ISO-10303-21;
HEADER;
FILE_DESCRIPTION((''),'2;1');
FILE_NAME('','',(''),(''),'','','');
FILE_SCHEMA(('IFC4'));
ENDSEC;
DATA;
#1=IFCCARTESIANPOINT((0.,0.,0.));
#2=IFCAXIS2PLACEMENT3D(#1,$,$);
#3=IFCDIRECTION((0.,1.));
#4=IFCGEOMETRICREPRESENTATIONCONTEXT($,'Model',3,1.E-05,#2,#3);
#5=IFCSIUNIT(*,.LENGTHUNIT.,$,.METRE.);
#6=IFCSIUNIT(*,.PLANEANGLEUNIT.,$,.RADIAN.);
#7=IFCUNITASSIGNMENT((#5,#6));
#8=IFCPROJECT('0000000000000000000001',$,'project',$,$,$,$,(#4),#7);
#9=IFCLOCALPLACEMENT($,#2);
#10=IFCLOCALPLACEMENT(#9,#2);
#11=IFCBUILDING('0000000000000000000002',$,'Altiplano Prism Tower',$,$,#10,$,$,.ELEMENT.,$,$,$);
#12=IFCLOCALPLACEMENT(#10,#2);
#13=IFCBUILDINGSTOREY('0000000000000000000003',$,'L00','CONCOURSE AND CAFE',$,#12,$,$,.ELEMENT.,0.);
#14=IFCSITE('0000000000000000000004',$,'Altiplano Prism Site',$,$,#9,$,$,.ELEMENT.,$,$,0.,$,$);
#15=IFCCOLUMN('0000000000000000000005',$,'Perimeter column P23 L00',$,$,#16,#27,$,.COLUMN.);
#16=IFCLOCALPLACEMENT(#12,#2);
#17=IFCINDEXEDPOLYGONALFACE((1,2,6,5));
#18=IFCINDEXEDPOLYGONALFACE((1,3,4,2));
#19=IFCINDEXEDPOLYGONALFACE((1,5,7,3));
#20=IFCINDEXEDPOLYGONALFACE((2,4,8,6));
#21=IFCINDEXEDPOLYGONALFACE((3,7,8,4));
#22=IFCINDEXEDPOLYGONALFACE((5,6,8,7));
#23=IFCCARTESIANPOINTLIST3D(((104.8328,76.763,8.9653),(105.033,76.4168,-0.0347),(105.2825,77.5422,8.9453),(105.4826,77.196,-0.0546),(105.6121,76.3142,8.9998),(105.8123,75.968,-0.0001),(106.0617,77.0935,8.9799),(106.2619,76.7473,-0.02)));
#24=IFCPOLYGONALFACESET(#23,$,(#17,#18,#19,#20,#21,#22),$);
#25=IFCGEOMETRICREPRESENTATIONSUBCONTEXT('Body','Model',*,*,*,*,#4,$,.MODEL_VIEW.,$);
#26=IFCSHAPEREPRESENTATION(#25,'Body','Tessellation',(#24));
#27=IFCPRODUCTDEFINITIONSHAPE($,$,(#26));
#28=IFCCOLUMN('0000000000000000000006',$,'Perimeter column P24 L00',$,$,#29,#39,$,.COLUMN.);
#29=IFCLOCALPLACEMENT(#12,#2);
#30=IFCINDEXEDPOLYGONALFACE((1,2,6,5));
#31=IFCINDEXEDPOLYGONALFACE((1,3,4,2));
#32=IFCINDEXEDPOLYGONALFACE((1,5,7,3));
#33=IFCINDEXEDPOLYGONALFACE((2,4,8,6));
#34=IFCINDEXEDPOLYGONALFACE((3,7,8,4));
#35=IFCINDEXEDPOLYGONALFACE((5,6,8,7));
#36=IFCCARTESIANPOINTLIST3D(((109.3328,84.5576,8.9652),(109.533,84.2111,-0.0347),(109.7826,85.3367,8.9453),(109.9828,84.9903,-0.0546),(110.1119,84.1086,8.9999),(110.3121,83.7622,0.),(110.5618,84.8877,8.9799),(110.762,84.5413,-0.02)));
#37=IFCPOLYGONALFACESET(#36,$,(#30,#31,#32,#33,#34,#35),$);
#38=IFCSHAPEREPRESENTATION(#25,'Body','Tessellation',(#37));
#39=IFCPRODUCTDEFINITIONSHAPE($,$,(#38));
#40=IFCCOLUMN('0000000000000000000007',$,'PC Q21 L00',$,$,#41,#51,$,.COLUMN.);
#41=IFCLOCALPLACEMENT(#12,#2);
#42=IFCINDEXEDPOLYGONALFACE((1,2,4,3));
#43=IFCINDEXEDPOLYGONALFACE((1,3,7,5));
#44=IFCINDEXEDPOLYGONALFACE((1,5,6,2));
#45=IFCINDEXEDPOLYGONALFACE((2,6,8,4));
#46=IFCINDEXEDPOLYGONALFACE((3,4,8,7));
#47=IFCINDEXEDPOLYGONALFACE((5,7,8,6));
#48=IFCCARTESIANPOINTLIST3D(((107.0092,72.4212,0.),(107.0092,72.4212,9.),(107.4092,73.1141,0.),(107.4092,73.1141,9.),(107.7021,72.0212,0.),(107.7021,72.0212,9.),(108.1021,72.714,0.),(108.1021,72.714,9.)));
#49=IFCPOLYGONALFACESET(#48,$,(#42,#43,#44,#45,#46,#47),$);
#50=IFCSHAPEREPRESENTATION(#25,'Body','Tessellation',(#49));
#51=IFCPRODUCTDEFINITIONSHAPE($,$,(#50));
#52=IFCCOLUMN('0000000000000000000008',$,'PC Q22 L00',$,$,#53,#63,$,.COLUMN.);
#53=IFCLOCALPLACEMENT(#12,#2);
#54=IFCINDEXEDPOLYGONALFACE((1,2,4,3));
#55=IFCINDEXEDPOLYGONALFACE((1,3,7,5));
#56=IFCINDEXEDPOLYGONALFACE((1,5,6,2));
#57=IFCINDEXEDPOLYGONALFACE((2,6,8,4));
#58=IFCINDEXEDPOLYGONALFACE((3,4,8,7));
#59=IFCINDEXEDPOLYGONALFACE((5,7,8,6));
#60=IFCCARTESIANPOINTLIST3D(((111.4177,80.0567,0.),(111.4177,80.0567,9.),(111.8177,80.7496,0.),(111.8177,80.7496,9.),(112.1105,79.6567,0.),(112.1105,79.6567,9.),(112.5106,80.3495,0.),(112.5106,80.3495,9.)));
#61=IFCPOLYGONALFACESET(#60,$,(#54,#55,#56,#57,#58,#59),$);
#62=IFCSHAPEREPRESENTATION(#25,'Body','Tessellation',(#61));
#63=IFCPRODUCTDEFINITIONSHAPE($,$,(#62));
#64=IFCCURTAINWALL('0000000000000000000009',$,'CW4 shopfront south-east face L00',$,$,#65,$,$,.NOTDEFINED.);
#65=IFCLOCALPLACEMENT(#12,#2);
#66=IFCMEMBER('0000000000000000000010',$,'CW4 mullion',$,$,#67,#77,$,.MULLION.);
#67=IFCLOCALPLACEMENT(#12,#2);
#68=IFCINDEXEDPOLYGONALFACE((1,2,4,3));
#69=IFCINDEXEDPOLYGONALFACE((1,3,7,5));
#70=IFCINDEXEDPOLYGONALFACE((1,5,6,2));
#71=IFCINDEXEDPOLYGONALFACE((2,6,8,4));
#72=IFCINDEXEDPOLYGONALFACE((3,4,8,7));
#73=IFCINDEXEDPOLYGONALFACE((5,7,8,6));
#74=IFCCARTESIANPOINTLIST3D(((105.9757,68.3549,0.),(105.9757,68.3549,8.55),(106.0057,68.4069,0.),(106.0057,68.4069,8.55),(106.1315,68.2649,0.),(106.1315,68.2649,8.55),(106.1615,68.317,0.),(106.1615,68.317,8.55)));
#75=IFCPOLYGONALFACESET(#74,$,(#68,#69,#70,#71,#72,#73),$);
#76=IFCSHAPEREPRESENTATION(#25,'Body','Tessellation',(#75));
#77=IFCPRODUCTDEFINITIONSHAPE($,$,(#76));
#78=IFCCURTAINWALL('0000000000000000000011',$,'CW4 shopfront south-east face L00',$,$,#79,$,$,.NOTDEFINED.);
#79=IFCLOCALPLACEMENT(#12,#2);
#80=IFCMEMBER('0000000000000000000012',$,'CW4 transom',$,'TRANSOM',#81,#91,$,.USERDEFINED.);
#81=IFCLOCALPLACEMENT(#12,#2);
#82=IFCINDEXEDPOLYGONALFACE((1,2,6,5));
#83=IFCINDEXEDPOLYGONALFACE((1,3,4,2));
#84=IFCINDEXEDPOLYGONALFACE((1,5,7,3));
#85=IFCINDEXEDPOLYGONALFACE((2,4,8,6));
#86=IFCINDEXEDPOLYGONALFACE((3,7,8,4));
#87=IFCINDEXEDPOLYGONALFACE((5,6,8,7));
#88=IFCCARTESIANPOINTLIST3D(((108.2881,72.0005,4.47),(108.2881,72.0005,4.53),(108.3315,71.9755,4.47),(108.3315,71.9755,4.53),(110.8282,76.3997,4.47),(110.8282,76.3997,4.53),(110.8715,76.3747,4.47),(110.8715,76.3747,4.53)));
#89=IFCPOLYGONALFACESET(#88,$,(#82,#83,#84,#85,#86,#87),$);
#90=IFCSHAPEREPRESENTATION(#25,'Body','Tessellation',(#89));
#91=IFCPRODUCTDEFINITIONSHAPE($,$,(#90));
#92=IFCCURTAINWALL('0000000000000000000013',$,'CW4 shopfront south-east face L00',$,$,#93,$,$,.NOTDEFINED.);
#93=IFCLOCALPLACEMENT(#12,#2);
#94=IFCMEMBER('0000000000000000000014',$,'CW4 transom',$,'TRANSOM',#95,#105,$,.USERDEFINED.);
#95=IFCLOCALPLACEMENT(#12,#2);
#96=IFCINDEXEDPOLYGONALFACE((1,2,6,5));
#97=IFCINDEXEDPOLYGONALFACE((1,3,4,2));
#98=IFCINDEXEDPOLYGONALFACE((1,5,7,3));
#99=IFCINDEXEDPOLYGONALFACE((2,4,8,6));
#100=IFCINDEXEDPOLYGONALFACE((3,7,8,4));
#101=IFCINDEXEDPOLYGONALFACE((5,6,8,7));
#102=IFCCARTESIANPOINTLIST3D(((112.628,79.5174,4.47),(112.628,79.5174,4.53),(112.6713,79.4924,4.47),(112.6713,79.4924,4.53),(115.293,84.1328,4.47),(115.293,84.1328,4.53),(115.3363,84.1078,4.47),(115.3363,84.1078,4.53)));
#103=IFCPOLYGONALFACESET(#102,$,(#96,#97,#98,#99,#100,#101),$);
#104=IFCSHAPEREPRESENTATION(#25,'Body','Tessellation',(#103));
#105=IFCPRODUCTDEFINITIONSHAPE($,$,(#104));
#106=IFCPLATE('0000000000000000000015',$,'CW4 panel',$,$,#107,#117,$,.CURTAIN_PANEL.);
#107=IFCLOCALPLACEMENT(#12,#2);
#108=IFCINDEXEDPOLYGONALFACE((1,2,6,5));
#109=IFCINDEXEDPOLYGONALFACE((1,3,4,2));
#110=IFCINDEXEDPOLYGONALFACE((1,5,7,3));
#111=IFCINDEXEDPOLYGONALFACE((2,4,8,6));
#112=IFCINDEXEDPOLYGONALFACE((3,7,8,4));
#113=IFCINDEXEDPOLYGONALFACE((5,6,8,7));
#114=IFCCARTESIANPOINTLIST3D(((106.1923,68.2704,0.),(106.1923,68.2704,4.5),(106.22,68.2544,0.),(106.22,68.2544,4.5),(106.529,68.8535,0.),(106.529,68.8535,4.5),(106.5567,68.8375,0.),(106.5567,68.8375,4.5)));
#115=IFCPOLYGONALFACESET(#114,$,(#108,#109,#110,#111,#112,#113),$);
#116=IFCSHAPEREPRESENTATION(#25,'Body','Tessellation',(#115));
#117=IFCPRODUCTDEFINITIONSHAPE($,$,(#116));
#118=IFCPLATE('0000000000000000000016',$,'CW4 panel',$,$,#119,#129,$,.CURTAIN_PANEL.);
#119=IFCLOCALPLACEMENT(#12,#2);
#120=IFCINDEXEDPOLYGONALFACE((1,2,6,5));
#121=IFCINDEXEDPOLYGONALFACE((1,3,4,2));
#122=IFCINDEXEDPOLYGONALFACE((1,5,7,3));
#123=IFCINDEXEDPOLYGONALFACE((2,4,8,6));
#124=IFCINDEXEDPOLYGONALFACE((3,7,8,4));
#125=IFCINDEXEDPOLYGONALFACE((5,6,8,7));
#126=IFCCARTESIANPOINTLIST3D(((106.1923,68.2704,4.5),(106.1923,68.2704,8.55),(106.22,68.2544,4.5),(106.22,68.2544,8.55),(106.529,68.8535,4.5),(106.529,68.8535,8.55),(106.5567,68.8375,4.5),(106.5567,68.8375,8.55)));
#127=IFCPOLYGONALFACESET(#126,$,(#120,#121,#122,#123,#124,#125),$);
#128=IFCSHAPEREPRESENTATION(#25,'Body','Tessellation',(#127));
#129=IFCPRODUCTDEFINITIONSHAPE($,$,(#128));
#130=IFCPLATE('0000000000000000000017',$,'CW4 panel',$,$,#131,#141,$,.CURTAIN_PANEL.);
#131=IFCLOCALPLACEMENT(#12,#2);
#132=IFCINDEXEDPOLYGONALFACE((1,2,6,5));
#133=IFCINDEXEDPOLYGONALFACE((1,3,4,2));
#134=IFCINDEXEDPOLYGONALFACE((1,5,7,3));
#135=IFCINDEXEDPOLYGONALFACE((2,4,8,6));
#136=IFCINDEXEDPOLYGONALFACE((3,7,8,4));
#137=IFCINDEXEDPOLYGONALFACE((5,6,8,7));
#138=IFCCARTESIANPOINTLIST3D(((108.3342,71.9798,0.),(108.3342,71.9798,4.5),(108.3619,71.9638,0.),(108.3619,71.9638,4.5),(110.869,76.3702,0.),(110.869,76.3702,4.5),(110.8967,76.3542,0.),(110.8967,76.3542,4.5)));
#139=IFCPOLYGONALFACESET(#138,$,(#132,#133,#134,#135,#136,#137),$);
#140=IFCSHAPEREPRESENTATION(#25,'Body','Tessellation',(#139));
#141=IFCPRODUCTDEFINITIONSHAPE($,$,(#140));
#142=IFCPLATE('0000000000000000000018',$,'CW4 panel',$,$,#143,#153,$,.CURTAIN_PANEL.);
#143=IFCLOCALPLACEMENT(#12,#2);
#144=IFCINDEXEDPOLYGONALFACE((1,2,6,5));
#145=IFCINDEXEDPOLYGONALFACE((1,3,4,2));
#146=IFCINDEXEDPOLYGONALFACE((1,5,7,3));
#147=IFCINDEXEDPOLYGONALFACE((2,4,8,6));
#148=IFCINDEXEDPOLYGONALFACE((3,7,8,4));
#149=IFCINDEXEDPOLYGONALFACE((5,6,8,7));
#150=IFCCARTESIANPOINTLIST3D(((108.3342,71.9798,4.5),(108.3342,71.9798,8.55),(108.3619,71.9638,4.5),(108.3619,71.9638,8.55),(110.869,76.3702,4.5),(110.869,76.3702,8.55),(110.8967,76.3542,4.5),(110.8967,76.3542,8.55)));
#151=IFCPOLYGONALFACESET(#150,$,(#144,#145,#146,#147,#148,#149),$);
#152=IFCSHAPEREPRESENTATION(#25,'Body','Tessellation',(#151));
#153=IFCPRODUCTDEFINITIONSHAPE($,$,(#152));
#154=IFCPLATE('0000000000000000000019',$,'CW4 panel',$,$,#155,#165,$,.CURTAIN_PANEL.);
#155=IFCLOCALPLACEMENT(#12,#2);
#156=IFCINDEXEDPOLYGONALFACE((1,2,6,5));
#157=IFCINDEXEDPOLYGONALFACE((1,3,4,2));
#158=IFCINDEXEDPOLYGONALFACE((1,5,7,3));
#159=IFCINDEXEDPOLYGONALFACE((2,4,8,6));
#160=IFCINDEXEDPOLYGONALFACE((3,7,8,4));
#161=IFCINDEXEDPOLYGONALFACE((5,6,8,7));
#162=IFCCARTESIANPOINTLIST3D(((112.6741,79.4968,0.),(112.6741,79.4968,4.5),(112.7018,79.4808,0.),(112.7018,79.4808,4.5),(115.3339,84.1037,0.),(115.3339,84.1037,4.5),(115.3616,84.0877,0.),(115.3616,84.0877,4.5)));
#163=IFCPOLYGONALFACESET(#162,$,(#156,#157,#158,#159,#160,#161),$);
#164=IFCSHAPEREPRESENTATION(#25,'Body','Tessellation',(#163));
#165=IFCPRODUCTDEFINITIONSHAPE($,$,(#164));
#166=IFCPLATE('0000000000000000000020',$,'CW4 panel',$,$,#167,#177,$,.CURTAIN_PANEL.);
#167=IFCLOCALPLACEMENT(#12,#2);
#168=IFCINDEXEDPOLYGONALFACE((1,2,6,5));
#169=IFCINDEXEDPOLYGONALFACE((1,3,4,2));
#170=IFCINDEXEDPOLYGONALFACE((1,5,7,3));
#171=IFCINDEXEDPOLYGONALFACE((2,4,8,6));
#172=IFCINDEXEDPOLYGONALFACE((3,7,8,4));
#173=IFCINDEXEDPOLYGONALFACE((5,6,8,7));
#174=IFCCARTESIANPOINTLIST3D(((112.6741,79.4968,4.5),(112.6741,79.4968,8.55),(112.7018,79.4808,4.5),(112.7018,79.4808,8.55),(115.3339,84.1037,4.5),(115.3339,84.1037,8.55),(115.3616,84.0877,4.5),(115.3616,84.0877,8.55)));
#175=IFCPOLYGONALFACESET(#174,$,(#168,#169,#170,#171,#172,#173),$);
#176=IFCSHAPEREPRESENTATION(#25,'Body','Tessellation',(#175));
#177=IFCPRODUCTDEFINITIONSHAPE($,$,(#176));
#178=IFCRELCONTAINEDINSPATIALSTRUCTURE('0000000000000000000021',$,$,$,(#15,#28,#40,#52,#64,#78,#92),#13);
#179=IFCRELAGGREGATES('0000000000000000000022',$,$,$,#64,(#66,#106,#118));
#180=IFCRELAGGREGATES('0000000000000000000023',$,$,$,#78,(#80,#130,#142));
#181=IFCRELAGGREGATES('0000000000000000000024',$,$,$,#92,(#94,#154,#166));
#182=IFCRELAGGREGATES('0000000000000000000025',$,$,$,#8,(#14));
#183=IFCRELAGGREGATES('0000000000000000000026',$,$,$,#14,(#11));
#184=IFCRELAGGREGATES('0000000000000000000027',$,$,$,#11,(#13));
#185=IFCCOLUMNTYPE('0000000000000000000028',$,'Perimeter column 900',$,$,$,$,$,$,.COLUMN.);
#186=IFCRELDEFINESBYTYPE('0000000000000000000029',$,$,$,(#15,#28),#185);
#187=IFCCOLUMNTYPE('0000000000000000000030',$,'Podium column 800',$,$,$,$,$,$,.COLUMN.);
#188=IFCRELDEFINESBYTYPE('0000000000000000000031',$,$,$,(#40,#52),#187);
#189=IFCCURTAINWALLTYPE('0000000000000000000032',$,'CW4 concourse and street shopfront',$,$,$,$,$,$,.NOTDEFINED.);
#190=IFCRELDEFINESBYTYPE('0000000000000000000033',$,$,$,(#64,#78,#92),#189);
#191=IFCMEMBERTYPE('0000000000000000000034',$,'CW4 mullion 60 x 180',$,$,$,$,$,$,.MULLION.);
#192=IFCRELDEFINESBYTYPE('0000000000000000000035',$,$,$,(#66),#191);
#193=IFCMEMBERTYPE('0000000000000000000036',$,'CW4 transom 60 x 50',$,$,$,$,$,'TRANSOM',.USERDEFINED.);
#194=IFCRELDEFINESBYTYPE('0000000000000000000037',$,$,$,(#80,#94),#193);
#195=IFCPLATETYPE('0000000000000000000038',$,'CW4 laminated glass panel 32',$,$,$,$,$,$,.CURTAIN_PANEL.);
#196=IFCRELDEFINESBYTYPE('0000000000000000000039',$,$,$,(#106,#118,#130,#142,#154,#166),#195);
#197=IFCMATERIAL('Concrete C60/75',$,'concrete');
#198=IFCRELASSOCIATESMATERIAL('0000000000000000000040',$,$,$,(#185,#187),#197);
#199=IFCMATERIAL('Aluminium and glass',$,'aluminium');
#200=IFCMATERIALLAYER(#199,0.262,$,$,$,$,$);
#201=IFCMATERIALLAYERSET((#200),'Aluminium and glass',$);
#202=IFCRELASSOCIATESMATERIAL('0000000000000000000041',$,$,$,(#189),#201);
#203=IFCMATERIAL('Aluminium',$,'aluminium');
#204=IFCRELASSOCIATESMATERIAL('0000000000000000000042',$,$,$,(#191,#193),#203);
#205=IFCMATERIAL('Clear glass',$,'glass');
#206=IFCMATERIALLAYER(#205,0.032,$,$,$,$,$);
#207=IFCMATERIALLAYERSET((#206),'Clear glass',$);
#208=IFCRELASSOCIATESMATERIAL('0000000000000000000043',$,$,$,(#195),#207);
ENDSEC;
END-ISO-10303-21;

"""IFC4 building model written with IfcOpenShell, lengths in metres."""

from ifc_helpers import new_model, si_unit, direction, frame, origin, origin_2d, place, context, subcontext, project, spatial, rectangle, extrude, material, layer, layer_set, material_profile, profile_set, type_object, element, aggregate, save


model = new_model("IFC4")

# Units and contexts
model_context = context("Model", 3, precision=1e-05, world=origin(), true_north=direction((0.0, 1.0)))
body_context = subcontext(model_context, "Body", "Model", "MODEL_VIEW")
ifc_project = project(units=[si_unit("LENGTHUNIT", "METRE"), si_unit("PLANEANGLEUNIT", "RADIAN")], contexts=[model_context])

# Site, building, storey
site_placement = place(None, origin())
site = spatial("IfcSite", under=ifc_project, at=site_placement, Name="Altiplano Prism Site", CompositionType="ELEMENT", RefElevation=0.0)
building_placement = place(site_placement, origin())
building = spatial("IfcBuilding", under=site, at=building_placement, Name="Altiplano Prism Tower", CompositionType="ELEMENT")
storey_placement = place(building_placement, origin())
storey = spatial("IfcBuildingStorey", under=building, at=storey_placement, Name="L00", Description="CONCOURSE AND CAFE", CompositionType="ELEMENT", Elevation=0.0)

# Columns
ifc_material_1 = material(Name="Concrete C60/75", Category="concrete")
ifc_material_profile_1 = material_profile(ifc_material_1, rectangle(XDim=0.8999, YDim=0.8999, at=origin_2d()), Name="Perimeter column 900")
ifc_profile_set_1 = profile_set([ifc_material_profile_1], Name="Concrete C60/75")
column_type_1 = type_object("IfcColumnType", Name="Perimeter column 900", PredefinedType="COLUMN", material=ifc_profile_set_1)
for number, where, z_axis, x_axis, name in (
    (1, (105.6475, 76.582, -0.0273), (-0.022222, 0.038428, 0.999014), (-0.499644, -0.865946, 0.022195), "Perimeter column P23 L00"),
    (2, (110.1475, 84.3762, -0.0273), (-0.022222, 0.038455, 0.999013), (-0.499908, -0.865794, 0.022207), "Perimeter column P24 L00"),
):
    element("IfcColumn", number, at=place(storey_placement, frame(where, z_axis=z_axis, x_axis=x_axis)), inside=storey, type_object=column_type_1, Name=name, PredefinedType="COLUMN", context=body_context, shape_type="SweptSolid", body=[
        extrude(rectangle(XDim=0.8999, YDim=0.8999, at=origin_2d()), origin(), (0.0, 0.0, 1.0), 9.0088),
    ])
ifc_material_profile_2 = material_profile(ifc_material_1, rectangle(XDim=0.8, YDim=0.8, at=origin_2d()), Name="Podium column 800")
ifc_profile_set_2 = profile_set([ifc_material_profile_2], Name="Concrete C60/75")
column_type_2 = type_object("IfcColumnType", Name="Podium column 800", PredefinedType="COLUMN", material=ifc_profile_set_2)
for number, where, z_axis, x_axis, name in (
    (3, (107.5557, 72.5676, 0.0), (0.0, 0.0, 1.0), (0.5, 0.866025, 0.0), "PC Q21 L00"),
    (4, (111.9641, 80.2031, 0.0), (0.0, 0.0, 1.0), (0.5, 0.866025, 0.0), "PC Q22 L00"),
):
    element("IfcColumn", number, at=place(storey_placement, frame(where, z_axis=z_axis, x_axis=x_axis)), inside=storey, type_object=column_type_2, Name=name, PredefinedType="COLUMN", context=body_context, shape_type="SweptSolid", body=[
        extrude(rectangle(XDim=0.8, YDim=0.8, at=origin_2d()), origin(), (0.0, 0.0, 1.0), 9.0),
    ])

# Curtain walls, members
ifc_material_2 = material(Name="Aluminium and glass", Category="aluminium")
ifc_layer_1 = layer(ifc_material_2, 0.262)
ifc_layer_set_1 = layer_set([ifc_layer_1], Name="Aluminium and glass")
curtain_wall_type = type_object("IfcCurtainWallType", Name="CW4 concourse and street shopfront", PredefinedType="NOTDEFINED", material=ifc_layer_set_1)
curtain_wall_1_placement = place(storey_placement, origin())
curtain_wall_1 = element("IfcCurtainWall", 5, at=curtain_wall_1_placement, inside=storey, type_object=curtain_wall_type, Name="CW4 shopfront south-east face L00", PredefinedType="NOTDEFINED")
ifc_material_3 = material(Name="Aluminium", Category="aluminium")
ifc_material_profile_3 = material_profile(ifc_material_3, rectangle(XDim=0.1799, YDim=0.0601, at=origin_2d()), Name="CW4 mullion 60 x 180")
ifc_profile_set_3 = profile_set([ifc_material_profile_3], Name="Aluminium")
member_type_1 = type_object("IfcMemberType", Name="CW4 mullion 60 x 180", PredefinedType="MULLION", material=ifc_profile_set_3)
member_1_placement = place(storey_placement, frame((106.0686, 68.3359, 0.0), z_axis=(0.0, 0.0, 1.0), x_axis=(-0.866025, 0.5, 0.0)))
member_1 = element("IfcMember", 6, at=member_1_placement, type_object=member_type_1, Name="CW4 mullion", PredefinedType="MULLION", context=body_context, shape_type="SweptSolid", body=[
    extrude(rectangle(XDim=0.1799, YDim=0.0601, at=origin_2d()), origin(), (0.0, 0.0, 1.0), 8.55),
])
curtain_wall_2_placement = place(storey_placement, origin())
curtain_wall_2 = element("IfcCurtainWall", 7, at=curtain_wall_2_placement, inside=storey, type_object=curtain_wall_type, Name="CW4 shopfront south-east face L00", PredefinedType="NOTDEFINED")
ifc_material_profile_4 = material_profile(ifc_material_3, rectangle(XDim=0.05, YDim=0.0601, at=origin_2d()), Name="CW4 transom 60 x 50")
ifc_profile_set_4 = profile_set([ifc_material_profile_4], Name="Aluminium")
member_type_2 = type_object("IfcMemberType", Name="CW4 transom 60 x 50", ElementType="TRANSOM", PredefinedType="USERDEFINED", material=ifc_profile_set_4)
member_2_placement = place(storey_placement, frame((108.3098, 71.988, 4.5), z_axis=(0.500026, 0.86601, 0.0), x_axis=(-0.86601, 0.500026, 0.0)))
member_2 = element("IfcMember", 8, at=member_2_placement, type_object=member_type_2, Name="CW4 transom", ObjectType="TRANSOM", PredefinedType="USERDEFINED", context=body_context, shape_type="SweptSolid", body=[
    extrude(rectangle(XDim=0.05, YDim=0.0601, at=origin_2d()), origin(), (0.0, 0.0, 1.0), 5.0798),
])
curtain_wall_3_placement = place(storey_placement, origin())
curtain_wall_3 = element("IfcCurtainWall", 9, at=curtain_wall_3_placement, inside=storey, type_object=curtain_wall_type, Name="CW4 shopfront south-east face L00", PredefinedType="NOTDEFINED")
member_3_placement = place(storey_placement, frame((112.6497, 79.5049, 4.5), z_axis=(0.500041, 0.866002, 0.0), x_axis=(-0.866002, 0.500041, 0.0)))
member_3 = element("IfcMember", 10, at=member_3_placement, type_object=member_type_2, Name="CW4 transom", ObjectType="TRANSOM", PredefinedType="USERDEFINED", context=body_context, shape_type="SweptSolid", body=[
    extrude(rectangle(XDim=0.05, YDim=0.0601, at=origin_2d()), origin(), (0.0, 0.0, 1.0), 5.3296),
])

# Plates
ifc_material_4 = material(Name="Clear glass", Category="glass")
ifc_layer_2 = layer(ifc_material_4, 0.032)
ifc_layer_set_2 = layer_set([ifc_layer_2], Name="Clear glass")
plate_type = type_object("IfcPlateType", Name="CW4 laminated glass panel 32", PredefinedType="CURTAIN_PANEL", material=ifc_layer_set_2)
plate_1_placement = place(storey_placement, frame((106.3745, 68.554, 0.0), z_axis=(0.0, 0.0, 1.0), x_axis=(0.5, 0.866025, 0.0)))
plate_1 = element("IfcPlate", 11, at=plate_1_placement, type_object=plate_type, Name="CW4 panel", PredefinedType="CURTAIN_PANEL", context=body_context, shape_type="SweptSolid", body=[
    extrude(rectangle(XDim=0.6733, YDim=0.032, at=origin_2d()), origin(), (0.0, 0.0, 1.0), 4.5),
])
plate_2_placement = place(storey_placement, frame((106.3745, 68.554, 4.5), z_axis=(0.0, 0.0, 1.0), x_axis=(0.5, 0.866025, 0.0)))
plate_2 = element("IfcPlate", 12, at=plate_2_placement, type_object=plate_type, Name="CW4 panel", PredefinedType="CURTAIN_PANEL", context=body_context, shape_type="SweptSolid", body=[
    extrude(rectangle(XDim=0.6733, YDim=0.032, at=origin_2d()), origin(), (0.0, 0.0, 1.0), 4.05),
])
aggregate(curtain_wall_1, [member_1, plate_1, plate_2])
plate_3_placement = place(storey_placement, frame((109.6155, 74.167, 0.0), z_axis=(0.0, 0.0, 1.0), x_axis=(0.5, 0.866025, 0.0)))
plate_3 = element("IfcPlate", 13, at=plate_3_placement, type_object=plate_type, Name="CW4 panel", PredefinedType="CURTAIN_PANEL", context=body_context, shape_type="SweptSolid", body=[
    extrude(rectangle(XDim=5.0696, YDim=0.032, at=origin_2d()), origin(), (0.0, 0.0, 1.0), 4.5),
])
plate_4_placement = place(storey_placement, frame((109.6155, 74.167, 4.5), z_axis=(0.0, 0.0, 1.0), x_axis=(0.5, 0.866025, 0.0)))
plate_4 = element("IfcPlate", 14, at=plate_4_placement, type_object=plate_type, Name="CW4 panel", PredefinedType="CURTAIN_PANEL", context=body_context, shape_type="SweptSolid", body=[
    extrude(rectangle(XDim=5.0696, YDim=0.032, at=origin_2d()), origin(), (0.0, 0.0, 1.0), 4.05),
])
aggregate(curtain_wall_2, [member_2, plate_3, plate_4])
plate_5_placement = place(storey_placement, frame((114.0178, 81.7922, 0.0), z_axis=(0.0, 0.0, 1.0), x_axis=(0.5, 0.866025, 0.0)))
plate_5 = element("IfcPlate", 15, at=plate_5_placement, type_object=plate_type, Name="CW4 panel", PredefinedType="CURTAIN_PANEL", context=body_context, shape_type="SweptSolid", body=[
    extrude(rectangle(XDim=5.3196, YDim=0.032, at=origin_2d()), origin(), (0.0, 0.0, 1.0), 4.5),
])
plate_6_placement = place(storey_placement, frame((114.0178, 81.7922, 4.5), z_axis=(0.0, 0.0, 1.0), x_axis=(0.5, 0.866025, 0.0)))
plate_6 = element("IfcPlate", 16, at=plate_6_placement, type_object=plate_type, Name="CW4 panel", PredefinedType="CURTAIN_PANEL", context=body_context, shape_type="SweptSolid", body=[
    extrude(rectangle(XDim=5.3196, YDim=0.032, at=origin_2d()), origin(), (0.0, 0.0, 1.0), 4.05),
])
aggregate(curtain_wall_3, [member_3, plate_5, plate_6])

save(model, "model.ifc")
